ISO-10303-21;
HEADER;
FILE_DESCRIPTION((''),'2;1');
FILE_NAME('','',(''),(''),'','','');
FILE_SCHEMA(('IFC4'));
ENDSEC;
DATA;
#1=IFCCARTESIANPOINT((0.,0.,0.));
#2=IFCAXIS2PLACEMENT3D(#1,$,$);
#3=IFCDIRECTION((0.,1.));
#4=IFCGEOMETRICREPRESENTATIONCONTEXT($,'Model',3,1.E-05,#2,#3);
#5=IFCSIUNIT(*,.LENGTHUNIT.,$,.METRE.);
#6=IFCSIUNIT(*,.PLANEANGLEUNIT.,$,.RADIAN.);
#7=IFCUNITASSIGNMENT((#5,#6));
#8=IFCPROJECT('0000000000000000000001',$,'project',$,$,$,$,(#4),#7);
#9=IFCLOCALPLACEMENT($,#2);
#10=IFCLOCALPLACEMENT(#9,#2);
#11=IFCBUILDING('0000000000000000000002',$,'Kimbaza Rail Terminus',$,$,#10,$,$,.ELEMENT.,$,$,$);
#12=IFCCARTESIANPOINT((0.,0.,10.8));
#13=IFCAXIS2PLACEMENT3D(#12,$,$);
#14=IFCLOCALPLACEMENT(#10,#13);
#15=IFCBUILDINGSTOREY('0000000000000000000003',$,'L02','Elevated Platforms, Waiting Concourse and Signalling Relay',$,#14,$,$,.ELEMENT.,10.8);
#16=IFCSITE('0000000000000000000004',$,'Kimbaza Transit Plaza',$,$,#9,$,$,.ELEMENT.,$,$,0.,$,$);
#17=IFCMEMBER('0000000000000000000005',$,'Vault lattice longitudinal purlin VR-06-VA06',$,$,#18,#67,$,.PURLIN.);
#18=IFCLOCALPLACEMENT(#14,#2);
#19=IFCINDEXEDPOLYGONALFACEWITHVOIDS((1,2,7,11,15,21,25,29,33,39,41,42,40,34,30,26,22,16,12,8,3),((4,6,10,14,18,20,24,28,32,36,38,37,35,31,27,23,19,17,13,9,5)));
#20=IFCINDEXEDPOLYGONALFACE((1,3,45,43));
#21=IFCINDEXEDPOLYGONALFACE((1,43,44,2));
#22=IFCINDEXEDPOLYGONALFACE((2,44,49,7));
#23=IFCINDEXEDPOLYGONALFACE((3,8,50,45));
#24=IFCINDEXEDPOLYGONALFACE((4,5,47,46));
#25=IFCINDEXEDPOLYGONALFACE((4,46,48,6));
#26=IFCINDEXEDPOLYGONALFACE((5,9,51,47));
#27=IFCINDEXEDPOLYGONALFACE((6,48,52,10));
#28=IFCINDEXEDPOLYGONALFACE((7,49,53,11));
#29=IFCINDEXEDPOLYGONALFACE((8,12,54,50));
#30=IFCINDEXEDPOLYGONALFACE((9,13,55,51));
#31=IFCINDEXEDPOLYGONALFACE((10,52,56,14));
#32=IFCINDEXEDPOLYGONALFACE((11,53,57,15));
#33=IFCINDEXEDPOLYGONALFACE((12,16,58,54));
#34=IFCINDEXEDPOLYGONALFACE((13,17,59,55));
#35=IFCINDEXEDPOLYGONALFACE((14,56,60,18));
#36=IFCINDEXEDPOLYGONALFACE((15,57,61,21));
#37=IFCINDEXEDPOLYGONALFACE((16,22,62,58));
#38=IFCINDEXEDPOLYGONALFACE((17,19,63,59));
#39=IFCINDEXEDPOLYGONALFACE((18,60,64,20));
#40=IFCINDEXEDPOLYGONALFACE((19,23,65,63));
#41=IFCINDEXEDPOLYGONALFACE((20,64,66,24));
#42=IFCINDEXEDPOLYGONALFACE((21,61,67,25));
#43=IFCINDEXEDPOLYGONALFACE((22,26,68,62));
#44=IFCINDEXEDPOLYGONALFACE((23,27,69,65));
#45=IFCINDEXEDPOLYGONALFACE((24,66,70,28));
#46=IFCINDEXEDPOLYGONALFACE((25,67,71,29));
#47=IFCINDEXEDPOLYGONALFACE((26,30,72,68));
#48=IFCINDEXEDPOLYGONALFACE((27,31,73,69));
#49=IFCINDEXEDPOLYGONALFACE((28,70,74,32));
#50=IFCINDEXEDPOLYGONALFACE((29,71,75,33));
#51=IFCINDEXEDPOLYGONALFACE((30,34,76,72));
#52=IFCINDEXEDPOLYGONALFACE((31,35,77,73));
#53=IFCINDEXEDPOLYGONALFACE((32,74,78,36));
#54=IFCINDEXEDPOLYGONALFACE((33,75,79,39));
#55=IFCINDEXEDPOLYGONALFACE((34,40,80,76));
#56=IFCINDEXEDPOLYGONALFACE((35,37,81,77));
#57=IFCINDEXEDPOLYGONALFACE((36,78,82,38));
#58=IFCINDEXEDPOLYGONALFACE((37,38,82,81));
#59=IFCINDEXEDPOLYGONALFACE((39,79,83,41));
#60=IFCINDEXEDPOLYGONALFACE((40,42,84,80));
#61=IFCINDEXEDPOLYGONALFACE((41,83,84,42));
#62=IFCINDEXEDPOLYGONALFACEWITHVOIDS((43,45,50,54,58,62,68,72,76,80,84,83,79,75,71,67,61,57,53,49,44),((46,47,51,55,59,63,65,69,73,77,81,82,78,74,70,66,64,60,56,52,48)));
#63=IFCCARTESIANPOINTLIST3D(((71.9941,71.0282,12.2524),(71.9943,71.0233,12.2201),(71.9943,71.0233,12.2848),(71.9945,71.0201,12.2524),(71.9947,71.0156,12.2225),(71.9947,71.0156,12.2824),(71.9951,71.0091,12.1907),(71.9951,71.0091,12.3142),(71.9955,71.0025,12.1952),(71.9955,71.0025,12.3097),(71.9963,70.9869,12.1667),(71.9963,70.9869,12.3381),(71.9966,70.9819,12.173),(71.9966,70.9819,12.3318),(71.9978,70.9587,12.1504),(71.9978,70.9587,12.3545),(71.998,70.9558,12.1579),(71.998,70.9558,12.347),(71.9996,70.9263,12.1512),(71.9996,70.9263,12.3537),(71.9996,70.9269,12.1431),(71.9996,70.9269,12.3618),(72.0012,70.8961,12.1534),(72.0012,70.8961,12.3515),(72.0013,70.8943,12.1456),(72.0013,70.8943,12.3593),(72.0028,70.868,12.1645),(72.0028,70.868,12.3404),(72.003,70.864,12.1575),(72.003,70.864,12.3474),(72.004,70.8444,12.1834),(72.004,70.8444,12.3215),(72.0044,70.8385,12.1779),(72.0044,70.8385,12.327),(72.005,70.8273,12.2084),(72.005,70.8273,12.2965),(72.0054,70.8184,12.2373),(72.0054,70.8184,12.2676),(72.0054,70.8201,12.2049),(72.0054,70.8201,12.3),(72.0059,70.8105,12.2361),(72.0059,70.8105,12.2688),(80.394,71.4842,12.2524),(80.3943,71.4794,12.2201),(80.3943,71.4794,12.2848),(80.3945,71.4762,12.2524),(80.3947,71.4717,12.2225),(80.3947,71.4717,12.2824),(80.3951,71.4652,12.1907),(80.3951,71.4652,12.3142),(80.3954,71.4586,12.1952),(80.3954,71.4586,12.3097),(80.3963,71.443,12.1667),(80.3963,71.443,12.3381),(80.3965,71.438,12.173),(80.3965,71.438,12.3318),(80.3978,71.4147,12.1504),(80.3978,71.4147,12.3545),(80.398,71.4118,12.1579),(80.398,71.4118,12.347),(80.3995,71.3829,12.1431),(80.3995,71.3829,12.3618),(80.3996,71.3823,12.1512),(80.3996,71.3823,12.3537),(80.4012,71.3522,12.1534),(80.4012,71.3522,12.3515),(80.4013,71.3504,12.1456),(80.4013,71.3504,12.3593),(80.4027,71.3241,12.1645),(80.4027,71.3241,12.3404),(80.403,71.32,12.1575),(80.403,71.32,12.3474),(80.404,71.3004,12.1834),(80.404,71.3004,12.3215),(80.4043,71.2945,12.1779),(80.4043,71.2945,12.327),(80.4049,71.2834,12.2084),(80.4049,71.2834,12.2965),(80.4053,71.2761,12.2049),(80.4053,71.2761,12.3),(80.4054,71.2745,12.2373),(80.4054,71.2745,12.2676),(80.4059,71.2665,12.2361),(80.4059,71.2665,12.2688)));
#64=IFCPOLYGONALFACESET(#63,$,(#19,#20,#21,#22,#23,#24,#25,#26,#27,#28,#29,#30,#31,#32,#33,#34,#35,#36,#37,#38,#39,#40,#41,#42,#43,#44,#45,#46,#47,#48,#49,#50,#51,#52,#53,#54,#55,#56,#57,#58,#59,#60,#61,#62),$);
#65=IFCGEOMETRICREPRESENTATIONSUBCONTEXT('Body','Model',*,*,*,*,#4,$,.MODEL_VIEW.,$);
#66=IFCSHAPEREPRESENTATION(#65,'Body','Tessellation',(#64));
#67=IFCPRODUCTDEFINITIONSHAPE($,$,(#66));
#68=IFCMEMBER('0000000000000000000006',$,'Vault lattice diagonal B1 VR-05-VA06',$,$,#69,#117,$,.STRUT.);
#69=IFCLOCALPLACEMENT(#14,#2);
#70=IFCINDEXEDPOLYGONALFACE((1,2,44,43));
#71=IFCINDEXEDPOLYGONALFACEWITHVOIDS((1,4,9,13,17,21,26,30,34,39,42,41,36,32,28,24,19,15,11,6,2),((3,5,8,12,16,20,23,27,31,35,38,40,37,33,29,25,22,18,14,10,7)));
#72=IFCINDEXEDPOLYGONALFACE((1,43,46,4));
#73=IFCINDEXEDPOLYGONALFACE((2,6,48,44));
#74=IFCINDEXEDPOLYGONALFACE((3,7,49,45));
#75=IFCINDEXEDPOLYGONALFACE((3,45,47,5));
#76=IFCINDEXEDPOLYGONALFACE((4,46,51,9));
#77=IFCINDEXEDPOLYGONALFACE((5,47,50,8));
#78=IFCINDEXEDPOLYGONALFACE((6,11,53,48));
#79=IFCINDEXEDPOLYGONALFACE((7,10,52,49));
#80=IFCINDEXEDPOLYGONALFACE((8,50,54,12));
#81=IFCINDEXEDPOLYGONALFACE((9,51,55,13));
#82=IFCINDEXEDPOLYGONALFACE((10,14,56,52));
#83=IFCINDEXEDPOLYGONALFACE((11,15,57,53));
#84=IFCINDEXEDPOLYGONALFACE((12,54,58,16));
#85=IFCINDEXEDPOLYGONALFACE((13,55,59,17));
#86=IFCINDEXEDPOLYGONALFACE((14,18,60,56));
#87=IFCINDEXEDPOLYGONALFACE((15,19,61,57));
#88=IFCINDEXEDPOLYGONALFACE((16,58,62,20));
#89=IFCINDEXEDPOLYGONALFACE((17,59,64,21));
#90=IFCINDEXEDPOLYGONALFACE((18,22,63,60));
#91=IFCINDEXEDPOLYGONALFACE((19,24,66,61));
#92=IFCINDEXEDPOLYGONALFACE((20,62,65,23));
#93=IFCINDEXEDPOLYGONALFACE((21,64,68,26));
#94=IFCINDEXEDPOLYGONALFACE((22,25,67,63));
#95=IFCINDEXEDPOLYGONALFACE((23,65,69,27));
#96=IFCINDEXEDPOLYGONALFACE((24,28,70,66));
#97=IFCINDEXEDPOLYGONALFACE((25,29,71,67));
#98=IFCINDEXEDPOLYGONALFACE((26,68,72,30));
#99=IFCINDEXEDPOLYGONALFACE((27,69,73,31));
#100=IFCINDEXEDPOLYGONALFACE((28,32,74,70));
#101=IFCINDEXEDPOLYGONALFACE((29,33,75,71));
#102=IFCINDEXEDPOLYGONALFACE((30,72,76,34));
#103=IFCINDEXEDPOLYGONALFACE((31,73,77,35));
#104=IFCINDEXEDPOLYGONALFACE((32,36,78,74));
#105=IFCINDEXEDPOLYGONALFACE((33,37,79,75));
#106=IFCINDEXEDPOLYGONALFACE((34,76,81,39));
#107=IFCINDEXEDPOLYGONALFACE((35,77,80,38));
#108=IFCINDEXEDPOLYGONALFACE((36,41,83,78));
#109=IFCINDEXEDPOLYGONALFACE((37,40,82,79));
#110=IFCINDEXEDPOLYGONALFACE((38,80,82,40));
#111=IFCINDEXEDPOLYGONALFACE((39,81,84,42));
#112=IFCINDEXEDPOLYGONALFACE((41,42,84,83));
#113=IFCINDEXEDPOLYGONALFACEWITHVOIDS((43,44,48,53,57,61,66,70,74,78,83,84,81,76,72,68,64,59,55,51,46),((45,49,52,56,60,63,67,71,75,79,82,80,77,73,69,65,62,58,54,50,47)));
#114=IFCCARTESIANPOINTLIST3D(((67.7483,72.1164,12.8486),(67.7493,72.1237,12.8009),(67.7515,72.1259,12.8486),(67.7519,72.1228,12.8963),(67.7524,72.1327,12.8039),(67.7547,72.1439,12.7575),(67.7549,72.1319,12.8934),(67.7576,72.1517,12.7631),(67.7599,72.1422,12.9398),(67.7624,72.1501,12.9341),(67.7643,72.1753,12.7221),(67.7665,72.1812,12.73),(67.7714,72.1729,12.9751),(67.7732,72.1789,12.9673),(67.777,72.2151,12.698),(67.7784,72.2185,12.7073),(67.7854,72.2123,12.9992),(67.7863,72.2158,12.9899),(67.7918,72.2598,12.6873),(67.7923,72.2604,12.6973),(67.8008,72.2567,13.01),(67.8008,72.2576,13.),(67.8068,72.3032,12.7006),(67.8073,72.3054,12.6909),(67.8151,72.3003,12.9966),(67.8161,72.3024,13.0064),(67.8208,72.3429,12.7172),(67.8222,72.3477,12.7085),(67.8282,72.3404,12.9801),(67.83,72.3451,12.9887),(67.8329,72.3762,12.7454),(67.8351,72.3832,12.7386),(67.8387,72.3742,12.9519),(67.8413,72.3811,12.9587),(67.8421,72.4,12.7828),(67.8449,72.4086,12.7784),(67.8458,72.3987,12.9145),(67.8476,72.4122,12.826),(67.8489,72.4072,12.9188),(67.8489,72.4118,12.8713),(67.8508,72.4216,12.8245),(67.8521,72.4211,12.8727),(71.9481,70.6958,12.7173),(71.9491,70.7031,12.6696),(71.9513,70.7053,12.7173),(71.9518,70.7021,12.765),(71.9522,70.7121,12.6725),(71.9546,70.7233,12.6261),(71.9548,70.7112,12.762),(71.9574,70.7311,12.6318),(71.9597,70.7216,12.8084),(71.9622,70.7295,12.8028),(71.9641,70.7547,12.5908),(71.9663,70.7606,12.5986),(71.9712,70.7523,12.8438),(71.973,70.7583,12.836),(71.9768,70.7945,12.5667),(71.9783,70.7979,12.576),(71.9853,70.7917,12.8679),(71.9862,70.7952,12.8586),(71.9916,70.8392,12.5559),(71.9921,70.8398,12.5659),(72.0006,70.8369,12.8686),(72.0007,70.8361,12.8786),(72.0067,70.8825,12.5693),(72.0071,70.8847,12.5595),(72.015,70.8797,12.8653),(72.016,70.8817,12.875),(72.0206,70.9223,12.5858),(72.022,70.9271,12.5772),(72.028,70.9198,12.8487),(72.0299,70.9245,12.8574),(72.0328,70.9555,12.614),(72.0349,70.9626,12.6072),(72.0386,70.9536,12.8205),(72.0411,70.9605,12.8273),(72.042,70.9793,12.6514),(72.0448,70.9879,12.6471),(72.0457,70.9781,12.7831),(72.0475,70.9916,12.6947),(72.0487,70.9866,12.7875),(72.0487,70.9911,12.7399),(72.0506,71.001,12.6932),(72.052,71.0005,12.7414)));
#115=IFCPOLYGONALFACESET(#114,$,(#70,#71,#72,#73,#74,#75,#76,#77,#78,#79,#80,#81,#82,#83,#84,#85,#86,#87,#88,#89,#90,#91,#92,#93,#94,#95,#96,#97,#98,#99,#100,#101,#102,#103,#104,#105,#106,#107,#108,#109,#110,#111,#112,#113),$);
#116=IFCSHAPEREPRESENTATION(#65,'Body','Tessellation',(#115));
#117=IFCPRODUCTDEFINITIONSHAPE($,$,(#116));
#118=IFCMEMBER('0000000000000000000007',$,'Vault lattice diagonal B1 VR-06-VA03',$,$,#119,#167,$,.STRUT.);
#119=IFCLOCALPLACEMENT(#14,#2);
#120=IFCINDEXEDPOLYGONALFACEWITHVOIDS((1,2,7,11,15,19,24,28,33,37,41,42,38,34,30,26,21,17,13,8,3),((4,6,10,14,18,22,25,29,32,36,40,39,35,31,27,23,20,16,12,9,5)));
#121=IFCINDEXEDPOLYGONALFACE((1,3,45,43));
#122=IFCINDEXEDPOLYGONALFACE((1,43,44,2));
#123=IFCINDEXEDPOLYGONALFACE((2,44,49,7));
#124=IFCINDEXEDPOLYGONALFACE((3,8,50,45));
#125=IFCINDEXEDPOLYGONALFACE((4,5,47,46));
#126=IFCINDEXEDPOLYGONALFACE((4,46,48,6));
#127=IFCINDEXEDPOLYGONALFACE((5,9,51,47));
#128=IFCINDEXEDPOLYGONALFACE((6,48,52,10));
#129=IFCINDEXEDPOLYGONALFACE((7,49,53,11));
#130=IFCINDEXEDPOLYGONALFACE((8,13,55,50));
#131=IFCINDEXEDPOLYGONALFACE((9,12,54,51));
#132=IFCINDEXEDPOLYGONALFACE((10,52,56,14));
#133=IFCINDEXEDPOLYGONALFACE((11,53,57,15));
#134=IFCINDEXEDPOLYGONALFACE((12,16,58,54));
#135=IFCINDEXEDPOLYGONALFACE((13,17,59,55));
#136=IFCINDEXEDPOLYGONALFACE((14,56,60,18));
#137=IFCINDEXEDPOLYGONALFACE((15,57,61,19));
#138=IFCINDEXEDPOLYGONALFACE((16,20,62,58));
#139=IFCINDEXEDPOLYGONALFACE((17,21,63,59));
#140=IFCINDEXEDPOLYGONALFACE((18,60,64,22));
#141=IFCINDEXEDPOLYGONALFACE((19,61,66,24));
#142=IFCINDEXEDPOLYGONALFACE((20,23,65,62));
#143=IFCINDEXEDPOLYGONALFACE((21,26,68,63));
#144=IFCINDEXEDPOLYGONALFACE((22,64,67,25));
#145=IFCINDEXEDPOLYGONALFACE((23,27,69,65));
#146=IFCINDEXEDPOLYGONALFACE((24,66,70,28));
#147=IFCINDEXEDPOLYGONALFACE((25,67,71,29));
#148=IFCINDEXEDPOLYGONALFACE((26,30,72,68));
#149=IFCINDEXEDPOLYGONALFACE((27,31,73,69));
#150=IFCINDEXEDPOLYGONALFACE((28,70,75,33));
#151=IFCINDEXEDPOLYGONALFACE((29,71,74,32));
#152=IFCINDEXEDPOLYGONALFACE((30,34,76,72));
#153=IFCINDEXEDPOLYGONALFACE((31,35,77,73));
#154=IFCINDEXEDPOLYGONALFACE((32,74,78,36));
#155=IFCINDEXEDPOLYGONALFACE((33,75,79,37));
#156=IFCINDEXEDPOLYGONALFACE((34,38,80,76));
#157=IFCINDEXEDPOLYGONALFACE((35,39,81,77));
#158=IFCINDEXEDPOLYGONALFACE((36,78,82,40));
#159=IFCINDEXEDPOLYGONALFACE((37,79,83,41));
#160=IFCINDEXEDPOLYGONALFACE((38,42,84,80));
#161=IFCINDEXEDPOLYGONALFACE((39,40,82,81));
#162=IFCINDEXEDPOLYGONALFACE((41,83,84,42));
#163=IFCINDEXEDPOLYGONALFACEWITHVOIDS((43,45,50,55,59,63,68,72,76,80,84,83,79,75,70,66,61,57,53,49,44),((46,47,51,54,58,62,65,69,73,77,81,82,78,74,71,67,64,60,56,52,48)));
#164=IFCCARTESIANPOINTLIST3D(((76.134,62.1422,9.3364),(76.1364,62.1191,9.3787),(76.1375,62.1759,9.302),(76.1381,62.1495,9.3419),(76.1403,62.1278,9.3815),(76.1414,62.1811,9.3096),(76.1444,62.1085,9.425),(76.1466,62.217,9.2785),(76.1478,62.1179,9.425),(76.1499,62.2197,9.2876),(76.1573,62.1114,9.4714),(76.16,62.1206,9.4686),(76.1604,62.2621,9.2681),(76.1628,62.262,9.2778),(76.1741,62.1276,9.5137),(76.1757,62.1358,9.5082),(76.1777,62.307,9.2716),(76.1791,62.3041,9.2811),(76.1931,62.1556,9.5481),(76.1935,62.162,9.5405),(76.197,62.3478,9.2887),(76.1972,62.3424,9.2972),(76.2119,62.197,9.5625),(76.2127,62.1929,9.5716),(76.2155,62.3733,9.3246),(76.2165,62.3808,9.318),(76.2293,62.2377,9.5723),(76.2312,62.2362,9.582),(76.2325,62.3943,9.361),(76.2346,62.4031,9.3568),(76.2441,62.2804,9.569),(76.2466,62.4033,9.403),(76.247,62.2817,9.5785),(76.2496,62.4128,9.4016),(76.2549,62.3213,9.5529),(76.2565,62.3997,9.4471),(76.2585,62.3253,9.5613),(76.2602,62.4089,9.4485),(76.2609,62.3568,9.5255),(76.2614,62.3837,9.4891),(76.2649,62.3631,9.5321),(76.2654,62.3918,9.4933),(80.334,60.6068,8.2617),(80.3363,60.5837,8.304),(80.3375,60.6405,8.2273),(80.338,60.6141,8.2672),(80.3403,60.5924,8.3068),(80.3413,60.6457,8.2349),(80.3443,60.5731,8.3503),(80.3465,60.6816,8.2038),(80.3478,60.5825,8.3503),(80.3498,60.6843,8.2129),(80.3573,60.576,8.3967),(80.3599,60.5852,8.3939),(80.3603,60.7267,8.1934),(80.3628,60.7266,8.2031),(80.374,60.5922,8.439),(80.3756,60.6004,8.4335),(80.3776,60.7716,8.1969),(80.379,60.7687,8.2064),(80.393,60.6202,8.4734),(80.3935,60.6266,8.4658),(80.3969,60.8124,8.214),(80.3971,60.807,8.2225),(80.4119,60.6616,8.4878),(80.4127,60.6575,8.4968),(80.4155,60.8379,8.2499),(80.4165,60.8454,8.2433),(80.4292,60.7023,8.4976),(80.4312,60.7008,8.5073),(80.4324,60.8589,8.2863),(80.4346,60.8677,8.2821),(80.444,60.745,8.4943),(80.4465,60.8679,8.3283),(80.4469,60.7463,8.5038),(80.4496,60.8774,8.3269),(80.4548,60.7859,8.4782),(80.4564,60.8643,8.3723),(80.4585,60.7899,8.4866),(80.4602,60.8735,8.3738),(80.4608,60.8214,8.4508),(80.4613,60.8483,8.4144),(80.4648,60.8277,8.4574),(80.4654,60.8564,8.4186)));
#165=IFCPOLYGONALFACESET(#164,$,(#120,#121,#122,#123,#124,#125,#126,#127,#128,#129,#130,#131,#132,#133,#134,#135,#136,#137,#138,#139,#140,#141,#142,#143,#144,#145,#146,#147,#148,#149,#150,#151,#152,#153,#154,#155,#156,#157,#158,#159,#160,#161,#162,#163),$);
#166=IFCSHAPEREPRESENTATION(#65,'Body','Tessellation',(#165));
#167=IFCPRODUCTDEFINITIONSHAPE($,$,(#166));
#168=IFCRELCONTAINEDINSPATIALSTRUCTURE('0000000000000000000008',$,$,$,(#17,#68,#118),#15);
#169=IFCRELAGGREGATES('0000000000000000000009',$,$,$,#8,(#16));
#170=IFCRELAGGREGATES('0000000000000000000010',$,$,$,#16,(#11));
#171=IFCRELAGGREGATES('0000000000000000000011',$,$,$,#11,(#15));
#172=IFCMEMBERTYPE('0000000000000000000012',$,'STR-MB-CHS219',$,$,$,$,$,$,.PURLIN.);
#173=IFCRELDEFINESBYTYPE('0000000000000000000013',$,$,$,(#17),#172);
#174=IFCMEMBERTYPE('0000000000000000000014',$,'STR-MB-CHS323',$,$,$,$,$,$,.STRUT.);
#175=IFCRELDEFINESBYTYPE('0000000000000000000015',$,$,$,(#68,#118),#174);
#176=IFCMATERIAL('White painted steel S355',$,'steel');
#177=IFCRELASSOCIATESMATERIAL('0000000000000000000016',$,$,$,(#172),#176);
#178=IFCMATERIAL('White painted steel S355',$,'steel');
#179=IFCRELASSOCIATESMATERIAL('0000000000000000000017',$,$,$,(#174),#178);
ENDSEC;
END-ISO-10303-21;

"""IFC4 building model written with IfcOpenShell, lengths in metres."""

from ifc_helpers import new_model, si_unit, direction, frame, origin, origin_2d, place, context, subcontext, project, spatial, hollow_circle, extrude, material, material_profile, profile_set, type_object, element, save


model = new_model("IFC4")

# Units and contexts
model_context = context("Model", 3, precision=1e-05, world=origin(), true_north=direction((0.0, 1.0)))
body_context = subcontext(model_context, "Body", "Model", "MODEL_VIEW")
ifc_project = project(units=[si_unit("LENGTHUNIT", "METRE"), si_unit("PLANEANGLEUNIT", "RADIAN")], contexts=[model_context])

# Site, building, storey
site_placement = place(None, origin())
site = spatial("IfcSite", under=ifc_project, at=site_placement, Name="Kimbaza Transit Plaza", CompositionType="ELEMENT", RefElevation=0.0)
building_placement = place(site_placement, origin())
building = spatial("IfcBuilding", under=site, at=building_placement, Name="Kimbaza Rail Terminus", CompositionType="ELEMENT")
storey_placement = place(building_placement, frame((0.0, 0.0, 10.8)))
storey = spatial("IfcBuildingStorey", under=building, at=storey_placement, Name="L02", Description="Elevated Platforms, Waiting Concourse and Signalling Relay", CompositionType="ELEMENT", Elevation=10.8)

# Members
ifc_material_1 = material(Name="White painted steel S355", Category="steel")
ifc_material_profile_1 = material_profile(ifc_material_1, hollow_circle(Radius=0.1096, WallThickness=0.0081, at=origin_2d()), Name="CHS 219.1x8")
ifc_profile_set_1 = profile_set([ifc_material_profile_1], Name="White painted steel S355")
member_type_1 = type_object("IfcMemberType", Name="STR-MB-CHS219", PredefinedType="PURLIN", material=ifc_profile_set_1)
for number, where, z_axis, x_axis, name in (
    (1, (72.0, 70.9187, 12.2524), (0.998529, 0.054213, 0.0), (-0.054213, 0.998529, 0.0), "Vault lattice longitudinal purlin VR-06-VA06"),
):
    element("IfcMember", number, at=place(storey_placement, frame(where, z_axis=z_axis, x_axis=x_axis)), inside=storey, type_object=member_type_1, Name=name, PredefinedType="PURLIN", context=body_context, shape_type="SweptSolid", body=[
        extrude(hollow_circle(Radius=0.1096, WallThickness=0.0081, at=origin_2d()), origin(), (0.0, 0.0, 1.0), 8.4124),
    ])
ifc_material_2 = material(Name="White painted steel S355", Category="steel")
ifc_material_profile_2 = material_profile(ifc_material_2, hollow_circle(Radius=0.1619, WallThickness=0.01, at=origin_2d()), Name="CHS 323.9x10")
ifc_profile_set_2 = profile_set([ifc_material_profile_2], Name="White painted steel S355")
member_type_2 = type_object("IfcMemberType", Name="STR-MB-CHS323", PredefinedType="STRUT", material=ifc_profile_set_2)
member_1_placement = place(storey_placement, frame((72.0, 70.8491, 12.7173), z_axis=(-0.94686, 0.32028, 0.029612), x_axis=(-0.320421, -0.947275, 0.0)))
element("IfcMember", 2, at=member_1_placement, inside=storey, type_object=member_type_2, Name="Vault lattice diagonal B1 VR-05-VA06", PredefinedType="STRUT", context=body_context, shape_type="SweptSolid", body=[
    extrude(hollow_circle(Radius=0.1619, WallThickness=0.01, at=origin_2d()), origin(), (0.0, 0.0, 1.0), 4.4355),
])
for number, where, z_axis, x_axis, name in (
    (3, (80.3999, 60.7251, 8.3503), (-0.913205, 0.333845, 0.233676), (-0.343351, -0.939207, 0.0), "Vault lattice diagonal B1 VR-06-VA03"),
):
    element("IfcMember", number, at=place(storey_placement, frame(where, z_axis=z_axis, x_axis=x_axis)), inside=storey, type_object=member_type_2, Name=name, PredefinedType="STRUT", context=body_context, shape_type="SweptSolid", body=[
        extrude(hollow_circle(Radius=0.1619, WallThickness=0.01, at=origin_2d()), origin(), (0.0, 0.0, 1.0), 4.5991),
    ])

save(model, "model.ifc")
